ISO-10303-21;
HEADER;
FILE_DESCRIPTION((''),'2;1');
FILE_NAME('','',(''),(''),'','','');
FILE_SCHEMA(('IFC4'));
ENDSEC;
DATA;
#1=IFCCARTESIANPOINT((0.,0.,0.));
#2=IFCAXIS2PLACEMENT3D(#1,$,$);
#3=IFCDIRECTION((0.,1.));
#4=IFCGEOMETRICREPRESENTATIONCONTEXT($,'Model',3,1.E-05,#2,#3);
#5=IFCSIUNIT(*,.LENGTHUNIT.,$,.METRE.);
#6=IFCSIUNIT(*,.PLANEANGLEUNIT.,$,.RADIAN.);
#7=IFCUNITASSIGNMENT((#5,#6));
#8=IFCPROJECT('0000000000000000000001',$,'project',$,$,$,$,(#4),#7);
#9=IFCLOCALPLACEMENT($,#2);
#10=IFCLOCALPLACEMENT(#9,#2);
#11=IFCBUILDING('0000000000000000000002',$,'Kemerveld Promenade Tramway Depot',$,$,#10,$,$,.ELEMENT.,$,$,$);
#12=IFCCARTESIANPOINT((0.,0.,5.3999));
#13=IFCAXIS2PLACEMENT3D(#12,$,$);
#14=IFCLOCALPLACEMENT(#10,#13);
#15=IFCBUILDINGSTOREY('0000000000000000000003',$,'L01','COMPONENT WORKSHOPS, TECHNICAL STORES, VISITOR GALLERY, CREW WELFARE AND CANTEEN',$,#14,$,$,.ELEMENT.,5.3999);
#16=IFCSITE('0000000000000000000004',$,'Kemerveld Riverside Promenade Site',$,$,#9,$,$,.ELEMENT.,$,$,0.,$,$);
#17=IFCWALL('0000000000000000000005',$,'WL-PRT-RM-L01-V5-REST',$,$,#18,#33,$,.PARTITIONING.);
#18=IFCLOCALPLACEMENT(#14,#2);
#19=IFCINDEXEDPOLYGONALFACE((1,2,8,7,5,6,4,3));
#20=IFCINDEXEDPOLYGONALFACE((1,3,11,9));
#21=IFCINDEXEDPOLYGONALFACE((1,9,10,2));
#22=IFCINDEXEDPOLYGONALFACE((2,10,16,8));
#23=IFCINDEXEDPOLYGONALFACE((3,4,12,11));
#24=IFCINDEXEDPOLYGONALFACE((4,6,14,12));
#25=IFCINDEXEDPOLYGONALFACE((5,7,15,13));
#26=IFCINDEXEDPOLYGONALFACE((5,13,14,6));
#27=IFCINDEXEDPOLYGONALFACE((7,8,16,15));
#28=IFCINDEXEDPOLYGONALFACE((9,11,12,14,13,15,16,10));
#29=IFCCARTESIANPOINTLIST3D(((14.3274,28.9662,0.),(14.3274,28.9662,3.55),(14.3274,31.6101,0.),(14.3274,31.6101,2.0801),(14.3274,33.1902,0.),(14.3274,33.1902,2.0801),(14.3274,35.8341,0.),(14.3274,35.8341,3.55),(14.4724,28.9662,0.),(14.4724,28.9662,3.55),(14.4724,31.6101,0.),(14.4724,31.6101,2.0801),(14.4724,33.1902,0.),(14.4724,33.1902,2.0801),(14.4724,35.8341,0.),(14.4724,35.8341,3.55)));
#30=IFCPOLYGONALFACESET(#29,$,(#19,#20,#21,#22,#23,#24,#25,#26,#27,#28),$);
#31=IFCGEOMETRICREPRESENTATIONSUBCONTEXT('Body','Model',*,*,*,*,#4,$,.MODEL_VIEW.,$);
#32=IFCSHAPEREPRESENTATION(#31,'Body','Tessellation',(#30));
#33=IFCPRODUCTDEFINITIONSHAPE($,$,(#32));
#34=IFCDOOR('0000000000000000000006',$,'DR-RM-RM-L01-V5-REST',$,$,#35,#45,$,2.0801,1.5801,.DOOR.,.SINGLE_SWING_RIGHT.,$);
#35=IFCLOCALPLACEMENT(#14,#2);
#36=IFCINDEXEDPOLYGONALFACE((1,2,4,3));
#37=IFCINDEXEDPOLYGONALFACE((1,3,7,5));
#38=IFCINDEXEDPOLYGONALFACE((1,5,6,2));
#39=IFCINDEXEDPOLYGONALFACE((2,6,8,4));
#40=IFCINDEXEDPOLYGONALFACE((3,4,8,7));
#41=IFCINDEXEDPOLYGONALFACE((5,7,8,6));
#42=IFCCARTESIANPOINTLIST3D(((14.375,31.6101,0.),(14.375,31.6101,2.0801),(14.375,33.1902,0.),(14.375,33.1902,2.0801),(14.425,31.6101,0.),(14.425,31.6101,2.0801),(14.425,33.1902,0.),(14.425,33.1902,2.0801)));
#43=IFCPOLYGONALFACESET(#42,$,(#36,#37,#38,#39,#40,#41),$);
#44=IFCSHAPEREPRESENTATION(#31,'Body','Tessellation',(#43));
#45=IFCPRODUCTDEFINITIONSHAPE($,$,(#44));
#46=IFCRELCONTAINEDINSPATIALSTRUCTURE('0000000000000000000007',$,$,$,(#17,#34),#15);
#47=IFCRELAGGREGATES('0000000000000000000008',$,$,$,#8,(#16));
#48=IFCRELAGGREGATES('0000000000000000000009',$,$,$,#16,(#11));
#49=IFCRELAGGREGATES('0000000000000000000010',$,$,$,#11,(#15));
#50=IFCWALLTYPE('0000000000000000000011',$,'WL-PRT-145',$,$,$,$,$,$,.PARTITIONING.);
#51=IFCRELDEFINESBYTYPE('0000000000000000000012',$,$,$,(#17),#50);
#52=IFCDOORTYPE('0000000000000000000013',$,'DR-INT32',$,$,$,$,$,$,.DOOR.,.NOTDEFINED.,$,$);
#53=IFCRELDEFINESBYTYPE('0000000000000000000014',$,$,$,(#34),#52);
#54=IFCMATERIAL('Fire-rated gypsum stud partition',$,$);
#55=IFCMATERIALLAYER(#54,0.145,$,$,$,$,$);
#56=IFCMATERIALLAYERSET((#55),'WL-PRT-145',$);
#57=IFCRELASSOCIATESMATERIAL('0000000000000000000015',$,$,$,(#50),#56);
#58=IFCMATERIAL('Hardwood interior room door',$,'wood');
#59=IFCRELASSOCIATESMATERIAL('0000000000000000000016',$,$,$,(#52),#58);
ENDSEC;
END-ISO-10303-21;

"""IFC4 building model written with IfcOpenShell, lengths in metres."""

from ifc_helpers import new_model, si_unit, direction, frame, frame_2d, origin, place, context, subcontext, project, spatial, rectangle, extrude, material, layer, layer_set, type_object, element, fill, save


model = new_model("IFC4")

# Units and contexts
model_context = context("Model", 3, precision=1e-05, world=origin(), true_north=direction((0.0, 1.0)))
body_context = subcontext(model_context, "Body", "Model", "MODEL_VIEW")
ifc_project = project(units=[si_unit("LENGTHUNIT", "METRE"), si_unit("PLANEANGLEUNIT", "RADIAN")], contexts=[model_context])

# Site, building, storey
site_placement = place(None, origin())
site = spatial("IfcSite", under=ifc_project, at=site_placement, Name="Kemerveld Riverside Promenade Site", CompositionType="ELEMENT", RefElevation=0.0)
building_placement = place(site_placement, origin())
building = spatial("IfcBuilding", under=site, at=building_placement, Name="Kemerveld Promenade Tramway Depot", CompositionType="ELEMENT")
storey_placement = place(building_placement, frame((0.0, 0.0, 5.3999)))
storey = spatial("IfcBuildingStorey", under=building, at=storey_placement, Name="L01", Description="COMPONENT WORKSHOPS, TECHNICAL STORES, VISITOR GALLERY, CREW WELFARE AND CANTEEN", CompositionType="ELEMENT", Elevation=5.3999)

# Shared definitions
ifc_material_1 = material(Name="Fire-rated gypsum stud partition")
ifc_layer_1 = layer(ifc_material_1, 0.145)
ifc_layer_set_1 = layer_set([ifc_layer_1], Name="WL-PRT-145")
wall_type = type_object("IfcWallType", Name="WL-PRT-145", PredefinedType="PARTITIONING", material=ifc_layer_set_1)

# Wall, opening, door
wall_1_placement = place(storey_placement, frame((14.3999, 28.9661, 0.0), z_axis=(0.0, 0.0, 1.0), x_axis=(0.0, 1.0, 0.0)))
wall_1 = element("IfcWall", 1, at=wall_1_placement, inside=storey, type_object=wall_type, Name="WL-PRT-RM-L01-V5-REST", PredefinedType="PARTITIONING", context=body_context, shape_type="SweptSolid", body=[
    extrude(rectangle(XDim=6.8679, YDim=0.145, at=frame_2d((3.4341, 0.0))), origin(), (0.0, 0.0, 1.0), 3.55),
])
opening_placement = place(wall_1_placement, frame((2.644, 0.0, 0.0)))
opening = element("IfcOpeningElement", 2, at=opening_placement, cuts=wall_1, PredefinedType="OPENING", context=body_context, shape_type="SweptSolid", body=[
    extrude(rectangle(XDim=1.5801, YDim=2.0801, at=frame_2d((0.79, 1.04))), frame((0.0, 0.0825, 0.0), z_axis=(0.0, -1.0, 0.0), x_axis=(1.0, 0.0, 0.0)), (0.0, 0.0, 1.0), 0.165),
])
ifc_material_2 = material(Name="Hardwood interior room door", Category="wood")
door_type = type_object("IfcDoorType", Name="DR-INT32", OperationType="NOTDEFINED", PredefinedType="DOOR", material=ifc_material_2)
door_placement = place(opening_placement, origin())
door = element("IfcDoor", 3, at=door_placement, inside=storey, type_object=door_type, Name="DR-RM-RM-L01-V5-REST", OperationType="SINGLE_SWING_RIGHT", OverallHeight=2.0801, OverallWidth=1.5801, PredefinedType="DOOR", context=body_context, shape_type="SweptSolid", body=[
    extrude(rectangle(XDim=1.5801, YDim=2.0801, at=frame_2d((0.79, 1.04))), frame((0.0, 0.0249, 0.0), z_axis=(0.0, -1.0, 0.0), x_axis=(1.0, 0.0, 0.0)), (0.0, 0.0, 1.0), 0.05),
])
fill(opening, door)

save(model, "model.ifc")
